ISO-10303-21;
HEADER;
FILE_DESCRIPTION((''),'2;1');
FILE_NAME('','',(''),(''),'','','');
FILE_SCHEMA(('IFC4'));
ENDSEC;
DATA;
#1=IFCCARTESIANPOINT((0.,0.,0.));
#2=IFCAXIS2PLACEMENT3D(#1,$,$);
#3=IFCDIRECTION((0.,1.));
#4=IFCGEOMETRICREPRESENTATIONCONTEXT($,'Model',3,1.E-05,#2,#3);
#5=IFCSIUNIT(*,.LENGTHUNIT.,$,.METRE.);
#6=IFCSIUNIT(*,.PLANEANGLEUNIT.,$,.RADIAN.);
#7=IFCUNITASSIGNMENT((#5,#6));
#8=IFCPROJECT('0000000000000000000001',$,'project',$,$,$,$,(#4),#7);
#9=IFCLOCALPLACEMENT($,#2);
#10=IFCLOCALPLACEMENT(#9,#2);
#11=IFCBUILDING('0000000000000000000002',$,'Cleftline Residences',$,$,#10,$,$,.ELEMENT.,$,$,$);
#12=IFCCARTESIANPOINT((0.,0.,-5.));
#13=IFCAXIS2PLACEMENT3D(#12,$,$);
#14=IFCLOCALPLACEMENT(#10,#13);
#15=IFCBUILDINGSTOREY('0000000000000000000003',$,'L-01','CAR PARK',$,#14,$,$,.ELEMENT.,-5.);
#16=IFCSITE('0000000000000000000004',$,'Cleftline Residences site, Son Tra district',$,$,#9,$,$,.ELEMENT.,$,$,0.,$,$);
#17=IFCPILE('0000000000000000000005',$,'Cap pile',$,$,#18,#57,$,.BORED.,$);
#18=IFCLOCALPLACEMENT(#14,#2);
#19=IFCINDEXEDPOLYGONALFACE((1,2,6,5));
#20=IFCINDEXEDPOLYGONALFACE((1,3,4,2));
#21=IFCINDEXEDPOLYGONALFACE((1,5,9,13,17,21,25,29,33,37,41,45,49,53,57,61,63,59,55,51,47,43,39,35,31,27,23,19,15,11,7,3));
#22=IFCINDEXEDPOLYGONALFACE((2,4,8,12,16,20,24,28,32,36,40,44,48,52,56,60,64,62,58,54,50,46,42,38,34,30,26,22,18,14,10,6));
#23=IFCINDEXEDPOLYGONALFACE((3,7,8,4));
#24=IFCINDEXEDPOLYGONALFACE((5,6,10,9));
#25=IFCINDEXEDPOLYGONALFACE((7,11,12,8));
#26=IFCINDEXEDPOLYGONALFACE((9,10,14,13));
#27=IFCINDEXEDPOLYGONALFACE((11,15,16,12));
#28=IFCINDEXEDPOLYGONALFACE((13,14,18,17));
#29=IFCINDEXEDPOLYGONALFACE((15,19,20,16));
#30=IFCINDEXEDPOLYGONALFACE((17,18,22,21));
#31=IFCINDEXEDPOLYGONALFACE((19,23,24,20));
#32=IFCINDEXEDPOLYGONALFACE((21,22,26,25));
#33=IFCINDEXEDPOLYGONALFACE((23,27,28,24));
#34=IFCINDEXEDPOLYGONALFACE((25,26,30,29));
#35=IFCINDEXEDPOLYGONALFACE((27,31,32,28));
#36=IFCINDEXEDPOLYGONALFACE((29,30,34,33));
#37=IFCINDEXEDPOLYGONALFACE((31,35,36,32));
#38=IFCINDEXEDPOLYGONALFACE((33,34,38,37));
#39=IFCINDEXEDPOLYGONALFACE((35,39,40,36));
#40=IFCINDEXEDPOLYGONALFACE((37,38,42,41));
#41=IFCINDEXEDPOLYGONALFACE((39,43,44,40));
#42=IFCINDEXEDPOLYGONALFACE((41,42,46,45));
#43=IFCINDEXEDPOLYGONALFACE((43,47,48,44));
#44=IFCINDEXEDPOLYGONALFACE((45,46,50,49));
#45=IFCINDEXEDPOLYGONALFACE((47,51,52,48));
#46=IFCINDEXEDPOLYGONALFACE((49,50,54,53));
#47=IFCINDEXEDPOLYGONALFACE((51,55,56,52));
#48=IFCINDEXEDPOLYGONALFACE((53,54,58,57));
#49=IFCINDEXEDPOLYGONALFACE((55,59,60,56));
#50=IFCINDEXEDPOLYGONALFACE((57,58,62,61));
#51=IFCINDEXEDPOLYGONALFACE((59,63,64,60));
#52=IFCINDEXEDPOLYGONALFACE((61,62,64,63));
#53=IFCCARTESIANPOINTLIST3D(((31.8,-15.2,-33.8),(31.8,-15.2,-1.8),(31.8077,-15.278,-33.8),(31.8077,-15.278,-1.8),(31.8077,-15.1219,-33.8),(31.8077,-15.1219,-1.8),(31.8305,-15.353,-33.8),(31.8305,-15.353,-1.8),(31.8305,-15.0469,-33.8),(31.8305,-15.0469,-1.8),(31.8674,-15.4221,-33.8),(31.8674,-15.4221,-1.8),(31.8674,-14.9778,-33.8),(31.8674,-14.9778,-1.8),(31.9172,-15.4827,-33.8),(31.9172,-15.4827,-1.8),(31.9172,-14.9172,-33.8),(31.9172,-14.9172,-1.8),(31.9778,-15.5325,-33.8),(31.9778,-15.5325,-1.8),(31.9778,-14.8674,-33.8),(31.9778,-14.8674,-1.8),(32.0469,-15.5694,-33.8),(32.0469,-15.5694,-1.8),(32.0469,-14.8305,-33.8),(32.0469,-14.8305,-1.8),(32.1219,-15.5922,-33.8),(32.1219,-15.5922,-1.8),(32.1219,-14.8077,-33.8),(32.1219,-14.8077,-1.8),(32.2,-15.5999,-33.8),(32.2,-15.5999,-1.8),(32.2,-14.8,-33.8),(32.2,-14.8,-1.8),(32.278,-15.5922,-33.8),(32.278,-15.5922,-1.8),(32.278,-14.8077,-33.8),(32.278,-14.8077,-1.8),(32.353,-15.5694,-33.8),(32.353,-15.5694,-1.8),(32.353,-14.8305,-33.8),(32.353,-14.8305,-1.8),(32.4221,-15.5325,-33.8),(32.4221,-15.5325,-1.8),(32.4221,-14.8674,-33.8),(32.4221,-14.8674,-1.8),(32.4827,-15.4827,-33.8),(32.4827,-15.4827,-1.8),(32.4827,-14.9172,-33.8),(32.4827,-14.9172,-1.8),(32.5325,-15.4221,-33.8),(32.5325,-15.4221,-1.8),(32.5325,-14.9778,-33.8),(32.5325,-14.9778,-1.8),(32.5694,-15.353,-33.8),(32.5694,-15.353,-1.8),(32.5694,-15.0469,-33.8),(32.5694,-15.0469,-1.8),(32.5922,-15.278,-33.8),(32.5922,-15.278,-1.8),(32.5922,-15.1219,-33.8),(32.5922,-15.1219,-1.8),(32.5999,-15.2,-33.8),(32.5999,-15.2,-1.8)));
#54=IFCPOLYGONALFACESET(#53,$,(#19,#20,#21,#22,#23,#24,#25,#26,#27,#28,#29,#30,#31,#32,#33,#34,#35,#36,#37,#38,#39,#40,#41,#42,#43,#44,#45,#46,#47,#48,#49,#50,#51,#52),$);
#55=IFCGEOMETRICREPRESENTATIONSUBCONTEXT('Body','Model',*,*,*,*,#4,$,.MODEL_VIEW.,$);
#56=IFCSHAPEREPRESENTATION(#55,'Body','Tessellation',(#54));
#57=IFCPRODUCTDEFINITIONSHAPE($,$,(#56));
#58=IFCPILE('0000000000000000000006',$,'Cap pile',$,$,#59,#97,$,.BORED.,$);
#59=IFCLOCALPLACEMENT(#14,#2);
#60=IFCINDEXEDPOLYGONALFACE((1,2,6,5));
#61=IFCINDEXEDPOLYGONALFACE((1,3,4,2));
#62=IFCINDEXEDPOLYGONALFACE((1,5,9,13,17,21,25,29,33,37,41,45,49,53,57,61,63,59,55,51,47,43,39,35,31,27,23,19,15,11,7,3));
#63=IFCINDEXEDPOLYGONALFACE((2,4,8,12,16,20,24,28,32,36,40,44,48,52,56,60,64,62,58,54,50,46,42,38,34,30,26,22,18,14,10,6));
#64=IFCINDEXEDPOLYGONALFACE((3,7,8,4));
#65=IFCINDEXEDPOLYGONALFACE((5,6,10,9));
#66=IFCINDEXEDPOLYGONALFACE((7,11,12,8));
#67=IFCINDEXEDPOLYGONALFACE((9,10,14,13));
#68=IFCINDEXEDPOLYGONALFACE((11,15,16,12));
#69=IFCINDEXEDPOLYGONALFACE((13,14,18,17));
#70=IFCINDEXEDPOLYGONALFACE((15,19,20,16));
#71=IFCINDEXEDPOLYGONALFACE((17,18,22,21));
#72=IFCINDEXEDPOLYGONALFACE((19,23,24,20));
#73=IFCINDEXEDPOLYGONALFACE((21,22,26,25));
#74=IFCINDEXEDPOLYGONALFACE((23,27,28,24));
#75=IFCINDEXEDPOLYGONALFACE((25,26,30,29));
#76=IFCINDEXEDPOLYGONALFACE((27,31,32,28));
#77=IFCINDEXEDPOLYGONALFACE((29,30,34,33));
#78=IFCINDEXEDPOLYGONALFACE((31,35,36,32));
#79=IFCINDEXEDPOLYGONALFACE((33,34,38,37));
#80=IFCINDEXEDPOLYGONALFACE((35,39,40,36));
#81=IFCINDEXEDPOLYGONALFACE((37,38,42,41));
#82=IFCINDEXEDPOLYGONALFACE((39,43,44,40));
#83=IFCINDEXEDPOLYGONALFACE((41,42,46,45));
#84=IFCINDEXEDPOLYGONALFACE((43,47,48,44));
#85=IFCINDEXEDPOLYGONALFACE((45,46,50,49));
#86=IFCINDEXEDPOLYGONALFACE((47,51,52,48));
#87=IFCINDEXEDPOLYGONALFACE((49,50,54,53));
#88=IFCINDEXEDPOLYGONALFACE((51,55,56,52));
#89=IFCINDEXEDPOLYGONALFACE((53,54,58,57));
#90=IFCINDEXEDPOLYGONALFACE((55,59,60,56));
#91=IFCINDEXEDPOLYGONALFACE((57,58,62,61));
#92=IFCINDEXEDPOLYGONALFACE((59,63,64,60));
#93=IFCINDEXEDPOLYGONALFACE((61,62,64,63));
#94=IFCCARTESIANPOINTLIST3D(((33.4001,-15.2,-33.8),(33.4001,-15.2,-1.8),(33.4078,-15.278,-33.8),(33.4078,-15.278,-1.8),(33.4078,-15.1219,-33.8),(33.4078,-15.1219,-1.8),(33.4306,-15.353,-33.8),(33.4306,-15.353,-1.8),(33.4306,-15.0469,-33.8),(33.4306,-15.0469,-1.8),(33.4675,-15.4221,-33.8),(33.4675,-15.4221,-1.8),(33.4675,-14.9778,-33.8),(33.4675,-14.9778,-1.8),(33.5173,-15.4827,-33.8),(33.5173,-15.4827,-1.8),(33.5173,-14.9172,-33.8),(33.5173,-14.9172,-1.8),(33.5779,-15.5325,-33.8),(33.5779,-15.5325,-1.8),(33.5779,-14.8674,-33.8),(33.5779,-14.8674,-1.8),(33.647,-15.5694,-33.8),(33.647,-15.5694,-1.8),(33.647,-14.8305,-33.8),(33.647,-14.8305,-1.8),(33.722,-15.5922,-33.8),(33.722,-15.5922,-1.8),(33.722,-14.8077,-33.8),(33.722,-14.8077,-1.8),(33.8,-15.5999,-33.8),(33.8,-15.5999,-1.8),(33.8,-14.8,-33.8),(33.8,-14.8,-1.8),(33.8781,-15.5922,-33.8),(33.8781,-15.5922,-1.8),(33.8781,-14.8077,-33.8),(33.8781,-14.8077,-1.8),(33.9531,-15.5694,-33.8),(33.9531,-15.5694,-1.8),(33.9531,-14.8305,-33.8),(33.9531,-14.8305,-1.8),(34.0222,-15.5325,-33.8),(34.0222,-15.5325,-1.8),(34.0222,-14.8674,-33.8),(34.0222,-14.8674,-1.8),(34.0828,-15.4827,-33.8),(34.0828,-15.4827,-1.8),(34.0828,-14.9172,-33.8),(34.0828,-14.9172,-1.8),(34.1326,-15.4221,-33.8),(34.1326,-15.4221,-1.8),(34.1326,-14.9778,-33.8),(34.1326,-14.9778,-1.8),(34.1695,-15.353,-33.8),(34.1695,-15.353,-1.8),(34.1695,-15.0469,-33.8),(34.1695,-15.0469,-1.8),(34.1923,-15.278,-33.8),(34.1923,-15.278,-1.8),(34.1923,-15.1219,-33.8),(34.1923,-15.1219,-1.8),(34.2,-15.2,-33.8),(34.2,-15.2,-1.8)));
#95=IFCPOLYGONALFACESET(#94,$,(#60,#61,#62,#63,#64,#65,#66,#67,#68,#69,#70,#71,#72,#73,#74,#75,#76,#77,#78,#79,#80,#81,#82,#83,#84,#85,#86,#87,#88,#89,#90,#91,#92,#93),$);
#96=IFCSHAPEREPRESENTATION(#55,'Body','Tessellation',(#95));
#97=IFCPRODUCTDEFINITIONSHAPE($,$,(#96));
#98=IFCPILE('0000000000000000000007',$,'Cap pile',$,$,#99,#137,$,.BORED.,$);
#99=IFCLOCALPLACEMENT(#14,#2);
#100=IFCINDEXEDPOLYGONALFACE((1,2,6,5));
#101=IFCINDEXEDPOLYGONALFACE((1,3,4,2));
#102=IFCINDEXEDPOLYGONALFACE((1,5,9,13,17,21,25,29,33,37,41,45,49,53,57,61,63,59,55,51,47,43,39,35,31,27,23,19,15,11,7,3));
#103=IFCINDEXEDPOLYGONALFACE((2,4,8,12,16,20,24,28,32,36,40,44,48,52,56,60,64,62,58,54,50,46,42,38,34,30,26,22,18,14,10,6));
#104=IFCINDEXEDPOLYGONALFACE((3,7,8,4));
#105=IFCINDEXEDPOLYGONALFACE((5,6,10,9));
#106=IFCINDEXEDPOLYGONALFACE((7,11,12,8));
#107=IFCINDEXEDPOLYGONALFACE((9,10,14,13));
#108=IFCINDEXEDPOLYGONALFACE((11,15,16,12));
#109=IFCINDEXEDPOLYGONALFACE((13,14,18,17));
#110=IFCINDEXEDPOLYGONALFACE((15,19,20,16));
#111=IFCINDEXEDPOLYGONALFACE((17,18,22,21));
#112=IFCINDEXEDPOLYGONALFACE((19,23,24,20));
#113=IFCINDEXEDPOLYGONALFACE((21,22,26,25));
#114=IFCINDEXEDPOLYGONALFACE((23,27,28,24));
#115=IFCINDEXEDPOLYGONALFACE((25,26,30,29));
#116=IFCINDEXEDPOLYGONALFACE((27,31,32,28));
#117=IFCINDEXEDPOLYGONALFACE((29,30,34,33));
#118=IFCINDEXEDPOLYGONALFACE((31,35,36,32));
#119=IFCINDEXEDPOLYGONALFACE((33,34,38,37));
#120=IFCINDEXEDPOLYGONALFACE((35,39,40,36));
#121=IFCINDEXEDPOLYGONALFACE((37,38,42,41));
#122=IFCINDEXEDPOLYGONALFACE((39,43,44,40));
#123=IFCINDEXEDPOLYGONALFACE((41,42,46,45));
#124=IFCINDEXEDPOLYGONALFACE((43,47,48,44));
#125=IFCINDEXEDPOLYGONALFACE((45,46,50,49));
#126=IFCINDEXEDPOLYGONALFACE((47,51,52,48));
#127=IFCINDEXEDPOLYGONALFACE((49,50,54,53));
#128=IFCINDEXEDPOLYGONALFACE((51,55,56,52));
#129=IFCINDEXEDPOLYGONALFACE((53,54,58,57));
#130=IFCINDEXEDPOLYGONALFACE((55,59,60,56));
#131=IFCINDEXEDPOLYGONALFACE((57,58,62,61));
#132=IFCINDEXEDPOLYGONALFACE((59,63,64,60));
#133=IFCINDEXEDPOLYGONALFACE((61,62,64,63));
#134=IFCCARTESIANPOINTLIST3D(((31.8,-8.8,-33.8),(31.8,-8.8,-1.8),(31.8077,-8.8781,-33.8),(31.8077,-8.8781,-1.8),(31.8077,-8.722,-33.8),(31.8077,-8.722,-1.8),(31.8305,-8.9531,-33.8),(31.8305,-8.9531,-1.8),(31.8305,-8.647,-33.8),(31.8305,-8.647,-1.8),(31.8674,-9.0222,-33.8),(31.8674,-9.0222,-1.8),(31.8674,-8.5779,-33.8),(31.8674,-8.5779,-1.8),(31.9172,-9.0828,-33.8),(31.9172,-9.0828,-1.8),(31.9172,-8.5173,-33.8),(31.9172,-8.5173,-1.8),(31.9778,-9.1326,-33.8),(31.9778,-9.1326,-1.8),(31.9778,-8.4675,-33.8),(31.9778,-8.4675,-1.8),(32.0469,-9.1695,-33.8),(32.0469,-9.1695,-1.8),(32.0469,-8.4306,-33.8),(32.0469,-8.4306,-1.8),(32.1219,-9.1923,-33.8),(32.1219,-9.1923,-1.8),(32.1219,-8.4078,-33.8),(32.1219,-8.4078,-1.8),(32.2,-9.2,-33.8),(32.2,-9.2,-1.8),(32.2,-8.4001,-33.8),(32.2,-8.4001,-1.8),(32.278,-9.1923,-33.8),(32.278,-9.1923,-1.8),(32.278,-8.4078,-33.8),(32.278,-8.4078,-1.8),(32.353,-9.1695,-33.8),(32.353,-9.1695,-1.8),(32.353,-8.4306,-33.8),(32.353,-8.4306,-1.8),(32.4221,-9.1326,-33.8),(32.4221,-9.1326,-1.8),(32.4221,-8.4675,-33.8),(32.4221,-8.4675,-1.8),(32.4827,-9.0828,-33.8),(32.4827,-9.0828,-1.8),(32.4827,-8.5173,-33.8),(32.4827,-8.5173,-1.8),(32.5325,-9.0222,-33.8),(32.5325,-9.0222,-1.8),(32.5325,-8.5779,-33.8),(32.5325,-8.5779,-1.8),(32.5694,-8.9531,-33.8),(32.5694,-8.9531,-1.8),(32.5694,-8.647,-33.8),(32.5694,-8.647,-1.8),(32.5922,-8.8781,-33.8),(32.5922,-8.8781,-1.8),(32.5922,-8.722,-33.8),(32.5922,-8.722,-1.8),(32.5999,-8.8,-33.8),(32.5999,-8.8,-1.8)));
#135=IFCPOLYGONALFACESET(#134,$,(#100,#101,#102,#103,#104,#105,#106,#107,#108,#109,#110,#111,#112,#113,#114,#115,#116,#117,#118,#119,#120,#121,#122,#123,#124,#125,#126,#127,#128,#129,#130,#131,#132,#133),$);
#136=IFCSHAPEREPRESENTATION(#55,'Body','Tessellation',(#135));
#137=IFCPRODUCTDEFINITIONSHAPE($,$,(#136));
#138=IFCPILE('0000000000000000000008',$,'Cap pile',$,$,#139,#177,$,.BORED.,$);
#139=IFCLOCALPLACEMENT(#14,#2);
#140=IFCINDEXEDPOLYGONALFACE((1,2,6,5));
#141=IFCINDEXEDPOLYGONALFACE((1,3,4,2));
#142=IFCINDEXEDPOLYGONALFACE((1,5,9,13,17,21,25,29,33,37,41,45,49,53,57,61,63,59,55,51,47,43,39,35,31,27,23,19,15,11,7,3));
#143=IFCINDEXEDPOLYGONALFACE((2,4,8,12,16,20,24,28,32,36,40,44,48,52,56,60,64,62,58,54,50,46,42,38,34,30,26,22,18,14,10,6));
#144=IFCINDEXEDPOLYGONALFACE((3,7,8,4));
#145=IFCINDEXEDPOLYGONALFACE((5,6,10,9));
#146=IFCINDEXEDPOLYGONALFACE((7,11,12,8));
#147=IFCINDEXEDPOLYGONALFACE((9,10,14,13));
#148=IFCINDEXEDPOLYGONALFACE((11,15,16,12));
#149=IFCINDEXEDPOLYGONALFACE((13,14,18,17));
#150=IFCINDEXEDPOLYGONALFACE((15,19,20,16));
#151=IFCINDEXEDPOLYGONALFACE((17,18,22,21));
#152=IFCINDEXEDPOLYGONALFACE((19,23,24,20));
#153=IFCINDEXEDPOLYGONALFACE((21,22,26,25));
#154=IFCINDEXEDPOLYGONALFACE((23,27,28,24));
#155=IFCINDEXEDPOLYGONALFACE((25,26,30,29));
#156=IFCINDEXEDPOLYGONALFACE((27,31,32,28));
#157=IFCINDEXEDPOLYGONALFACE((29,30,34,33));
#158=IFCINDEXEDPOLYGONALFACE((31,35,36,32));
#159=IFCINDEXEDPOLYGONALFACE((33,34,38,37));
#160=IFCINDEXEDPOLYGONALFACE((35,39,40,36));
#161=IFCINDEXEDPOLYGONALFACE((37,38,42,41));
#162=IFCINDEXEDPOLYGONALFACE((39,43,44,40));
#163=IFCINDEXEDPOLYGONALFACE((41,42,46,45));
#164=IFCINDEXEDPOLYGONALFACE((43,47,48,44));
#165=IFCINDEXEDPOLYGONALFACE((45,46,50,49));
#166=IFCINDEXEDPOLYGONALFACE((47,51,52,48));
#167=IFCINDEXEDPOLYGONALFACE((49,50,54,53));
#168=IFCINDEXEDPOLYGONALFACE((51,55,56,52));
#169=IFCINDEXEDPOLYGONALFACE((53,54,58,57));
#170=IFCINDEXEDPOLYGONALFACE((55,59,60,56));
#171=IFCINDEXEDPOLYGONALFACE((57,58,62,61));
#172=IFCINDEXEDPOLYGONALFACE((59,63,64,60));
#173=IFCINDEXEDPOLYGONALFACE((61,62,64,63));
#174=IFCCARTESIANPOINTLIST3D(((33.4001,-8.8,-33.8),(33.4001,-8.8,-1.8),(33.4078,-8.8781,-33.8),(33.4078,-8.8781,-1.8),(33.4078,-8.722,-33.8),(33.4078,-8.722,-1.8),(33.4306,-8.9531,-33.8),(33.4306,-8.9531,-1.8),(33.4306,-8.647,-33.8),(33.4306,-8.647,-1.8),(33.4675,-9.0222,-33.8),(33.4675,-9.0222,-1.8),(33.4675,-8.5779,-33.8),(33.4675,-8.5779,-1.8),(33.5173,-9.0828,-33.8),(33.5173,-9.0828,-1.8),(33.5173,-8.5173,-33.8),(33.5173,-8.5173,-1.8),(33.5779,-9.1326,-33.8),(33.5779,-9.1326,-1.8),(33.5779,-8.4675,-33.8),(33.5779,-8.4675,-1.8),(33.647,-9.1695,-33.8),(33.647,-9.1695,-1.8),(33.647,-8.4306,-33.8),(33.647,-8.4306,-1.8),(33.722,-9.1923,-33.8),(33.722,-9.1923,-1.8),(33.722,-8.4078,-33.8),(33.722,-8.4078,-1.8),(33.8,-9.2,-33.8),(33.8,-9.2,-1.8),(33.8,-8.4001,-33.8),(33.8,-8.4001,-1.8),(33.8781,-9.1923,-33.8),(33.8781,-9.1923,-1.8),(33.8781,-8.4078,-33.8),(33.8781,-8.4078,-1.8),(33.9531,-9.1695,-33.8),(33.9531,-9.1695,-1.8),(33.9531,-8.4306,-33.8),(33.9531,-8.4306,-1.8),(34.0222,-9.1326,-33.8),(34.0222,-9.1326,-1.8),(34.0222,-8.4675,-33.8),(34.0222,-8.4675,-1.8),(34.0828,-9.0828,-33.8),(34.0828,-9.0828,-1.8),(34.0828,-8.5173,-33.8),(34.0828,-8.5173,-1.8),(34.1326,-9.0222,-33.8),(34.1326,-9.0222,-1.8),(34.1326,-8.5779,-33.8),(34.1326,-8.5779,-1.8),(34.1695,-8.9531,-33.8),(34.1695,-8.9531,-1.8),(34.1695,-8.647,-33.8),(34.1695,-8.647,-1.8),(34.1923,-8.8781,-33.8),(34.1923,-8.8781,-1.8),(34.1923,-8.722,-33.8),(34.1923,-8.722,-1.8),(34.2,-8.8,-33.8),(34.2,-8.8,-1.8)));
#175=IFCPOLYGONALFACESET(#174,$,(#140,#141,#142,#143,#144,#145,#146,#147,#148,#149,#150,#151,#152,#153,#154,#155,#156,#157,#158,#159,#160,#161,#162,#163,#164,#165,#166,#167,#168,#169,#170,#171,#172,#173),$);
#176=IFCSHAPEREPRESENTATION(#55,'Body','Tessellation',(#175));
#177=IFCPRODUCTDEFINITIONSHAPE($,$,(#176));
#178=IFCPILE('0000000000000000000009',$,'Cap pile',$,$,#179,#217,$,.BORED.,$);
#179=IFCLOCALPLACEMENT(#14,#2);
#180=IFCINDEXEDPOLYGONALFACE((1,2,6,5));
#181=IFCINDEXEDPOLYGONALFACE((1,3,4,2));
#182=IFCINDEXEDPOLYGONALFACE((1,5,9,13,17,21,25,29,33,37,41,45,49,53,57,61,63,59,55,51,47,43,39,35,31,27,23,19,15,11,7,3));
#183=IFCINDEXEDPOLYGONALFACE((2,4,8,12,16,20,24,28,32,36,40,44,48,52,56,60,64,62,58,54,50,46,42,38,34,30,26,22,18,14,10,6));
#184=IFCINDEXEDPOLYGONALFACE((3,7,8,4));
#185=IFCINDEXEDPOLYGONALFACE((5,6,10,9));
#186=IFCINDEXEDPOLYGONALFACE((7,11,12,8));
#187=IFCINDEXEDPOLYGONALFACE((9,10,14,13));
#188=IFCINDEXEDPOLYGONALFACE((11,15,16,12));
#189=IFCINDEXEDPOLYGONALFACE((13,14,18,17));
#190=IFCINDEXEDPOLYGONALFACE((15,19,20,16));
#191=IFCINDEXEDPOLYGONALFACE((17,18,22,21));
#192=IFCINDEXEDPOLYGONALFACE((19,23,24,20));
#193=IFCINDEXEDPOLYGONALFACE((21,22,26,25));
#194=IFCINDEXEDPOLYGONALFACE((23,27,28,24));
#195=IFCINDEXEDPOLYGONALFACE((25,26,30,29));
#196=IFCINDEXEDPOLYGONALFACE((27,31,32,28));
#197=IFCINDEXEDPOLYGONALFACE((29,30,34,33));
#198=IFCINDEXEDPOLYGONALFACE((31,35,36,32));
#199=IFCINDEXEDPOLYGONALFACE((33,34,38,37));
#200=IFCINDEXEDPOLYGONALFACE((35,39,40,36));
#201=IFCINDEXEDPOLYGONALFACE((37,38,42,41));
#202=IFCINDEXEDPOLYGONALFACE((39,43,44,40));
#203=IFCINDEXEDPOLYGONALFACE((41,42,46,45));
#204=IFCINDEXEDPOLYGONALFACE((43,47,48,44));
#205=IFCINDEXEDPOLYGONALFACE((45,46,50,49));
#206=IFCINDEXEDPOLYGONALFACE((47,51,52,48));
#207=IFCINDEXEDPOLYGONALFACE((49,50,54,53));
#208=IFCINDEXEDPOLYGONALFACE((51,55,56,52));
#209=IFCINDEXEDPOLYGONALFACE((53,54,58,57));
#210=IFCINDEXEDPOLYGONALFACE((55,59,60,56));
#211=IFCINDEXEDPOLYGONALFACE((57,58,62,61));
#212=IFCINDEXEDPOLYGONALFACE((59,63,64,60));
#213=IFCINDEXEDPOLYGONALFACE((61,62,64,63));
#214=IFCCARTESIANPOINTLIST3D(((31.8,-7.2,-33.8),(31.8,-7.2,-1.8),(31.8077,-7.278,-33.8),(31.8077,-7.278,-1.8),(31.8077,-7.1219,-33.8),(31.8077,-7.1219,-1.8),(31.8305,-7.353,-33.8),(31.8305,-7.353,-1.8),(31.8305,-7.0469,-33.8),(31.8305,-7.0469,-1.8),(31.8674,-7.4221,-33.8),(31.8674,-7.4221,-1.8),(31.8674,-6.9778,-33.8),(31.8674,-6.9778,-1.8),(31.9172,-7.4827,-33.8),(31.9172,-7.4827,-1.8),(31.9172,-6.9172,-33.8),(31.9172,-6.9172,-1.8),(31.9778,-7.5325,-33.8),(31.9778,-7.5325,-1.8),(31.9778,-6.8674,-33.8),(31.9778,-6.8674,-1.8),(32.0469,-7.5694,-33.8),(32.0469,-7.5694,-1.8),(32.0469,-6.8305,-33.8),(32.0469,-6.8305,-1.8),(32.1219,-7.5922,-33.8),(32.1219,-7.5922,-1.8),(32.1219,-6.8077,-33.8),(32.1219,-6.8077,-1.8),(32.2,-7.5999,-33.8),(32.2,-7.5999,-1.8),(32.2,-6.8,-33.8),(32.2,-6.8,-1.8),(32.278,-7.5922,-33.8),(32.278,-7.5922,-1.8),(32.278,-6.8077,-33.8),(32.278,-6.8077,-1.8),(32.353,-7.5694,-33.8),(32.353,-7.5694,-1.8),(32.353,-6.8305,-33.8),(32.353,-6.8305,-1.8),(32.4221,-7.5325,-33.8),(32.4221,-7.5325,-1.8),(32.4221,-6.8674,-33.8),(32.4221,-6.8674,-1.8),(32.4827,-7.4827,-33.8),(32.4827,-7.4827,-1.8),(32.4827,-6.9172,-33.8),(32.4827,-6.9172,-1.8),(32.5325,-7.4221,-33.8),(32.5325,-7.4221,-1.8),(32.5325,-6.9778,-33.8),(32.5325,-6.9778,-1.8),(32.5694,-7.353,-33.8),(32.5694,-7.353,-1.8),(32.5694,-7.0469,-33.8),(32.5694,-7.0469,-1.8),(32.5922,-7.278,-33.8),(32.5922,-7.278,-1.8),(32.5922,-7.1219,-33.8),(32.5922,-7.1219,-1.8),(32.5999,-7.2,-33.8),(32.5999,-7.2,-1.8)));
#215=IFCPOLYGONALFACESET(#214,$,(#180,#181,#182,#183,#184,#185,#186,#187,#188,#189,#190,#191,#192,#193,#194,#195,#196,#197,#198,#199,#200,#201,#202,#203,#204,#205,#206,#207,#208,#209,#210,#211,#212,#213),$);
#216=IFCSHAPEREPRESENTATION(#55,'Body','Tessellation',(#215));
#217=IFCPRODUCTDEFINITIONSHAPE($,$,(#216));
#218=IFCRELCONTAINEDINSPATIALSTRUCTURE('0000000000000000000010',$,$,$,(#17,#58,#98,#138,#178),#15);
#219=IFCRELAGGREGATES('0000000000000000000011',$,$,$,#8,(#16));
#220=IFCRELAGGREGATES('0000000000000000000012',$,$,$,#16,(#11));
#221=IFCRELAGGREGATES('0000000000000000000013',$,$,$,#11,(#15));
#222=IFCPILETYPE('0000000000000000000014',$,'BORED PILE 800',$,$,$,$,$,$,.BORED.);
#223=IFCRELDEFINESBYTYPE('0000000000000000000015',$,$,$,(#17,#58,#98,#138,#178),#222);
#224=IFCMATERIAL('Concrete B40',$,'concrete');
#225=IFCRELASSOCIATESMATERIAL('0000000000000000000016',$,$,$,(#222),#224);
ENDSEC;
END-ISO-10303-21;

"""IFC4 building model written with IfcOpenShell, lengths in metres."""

from ifc_helpers import new_model, si_unit, direction, frame, origin, origin_2d, place, context, subcontext, project, spatial, circle, extrude, material, material_profile, profile_set, type_object, element, save


model = new_model("IFC4")

# Units and contexts
model_context = context("Model", 3, precision=1e-05, world=origin(), true_north=direction((0.0, 1.0)))
body_context = subcontext(model_context, "Body", "Model", "MODEL_VIEW")
ifc_project = project(units=[si_unit("LENGTHUNIT", "METRE"), si_unit("PLANEANGLEUNIT", "RADIAN")], contexts=[model_context])

# Site, building, storey
site_placement = place(None, origin())
site = spatial("IfcSite", under=ifc_project, at=site_placement, Name="Cleftline Residences site, Son Tra district", CompositionType="ELEMENT", RefElevation=0.0)
building_placement = place(site_placement, origin())
building = spatial("IfcBuilding", under=site, at=building_placement, Name="Cleftline Residences", CompositionType="ELEMENT")
storey_placement = place(building_placement, frame((0.0, 0.0, -5.0)))
storey = spatial("IfcBuildingStorey", under=building, at=storey_placement, Name="L-01", Description="CAR PARK", CompositionType="ELEMENT", Elevation=-5.0)

# Piles
ifc_material_1 = material(Name="Concrete B40", Category="concrete")
ifc_material_profile_1 = material_profile(ifc_material_1, circle(Radius=0.3999, at=origin_2d()))
ifc_profile_set_1 = profile_set([ifc_material_profile_1], Name="Concrete B40")
pile_type_1 = type_object("IfcPileType", Name="BORED PILE 800", PredefinedType="BORED", material=ifc_profile_set_1)
for number, where, z_axis, x_axis, name in (
    (1, (32.2, -15.2, -1.8), (0.0, 0.0, -1.0), (1.0, 0.0, 0.0), "Cap pile"),
    (2, (33.8, -15.2, -1.8), (0.0, 0.0, -1.0), (1.0, 0.0, 0.0), "Cap pile"),
    (3, (32.2, -8.8, -1.8), (0.0, 0.0, -1.0), (1.0, 0.0, 0.0), "Cap pile"),
    (4, (33.8, -8.8, -1.8), (0.0, 0.0, -1.0), (1.0, 0.0, 0.0), "Cap pile"),
    (5, (32.2, -7.2, -1.8), (0.0, 0.0, -1.0), (1.0, 0.0, 0.0), "Cap pile"),
):
    element("IfcPile", number, at=place(storey_placement, frame(where, z_axis=z_axis, x_axis=x_axis)), inside=storey, type_object=pile_type_1, Name=name, PredefinedType="BORED", context=body_context, shape_type="SweptSolid", body=[
        extrude(circle(Radius=0.3999, at=origin_2d()), origin(), (0.0, 0.0, 1.0), 32.0),
    ])

save(model, "model.ifc")
